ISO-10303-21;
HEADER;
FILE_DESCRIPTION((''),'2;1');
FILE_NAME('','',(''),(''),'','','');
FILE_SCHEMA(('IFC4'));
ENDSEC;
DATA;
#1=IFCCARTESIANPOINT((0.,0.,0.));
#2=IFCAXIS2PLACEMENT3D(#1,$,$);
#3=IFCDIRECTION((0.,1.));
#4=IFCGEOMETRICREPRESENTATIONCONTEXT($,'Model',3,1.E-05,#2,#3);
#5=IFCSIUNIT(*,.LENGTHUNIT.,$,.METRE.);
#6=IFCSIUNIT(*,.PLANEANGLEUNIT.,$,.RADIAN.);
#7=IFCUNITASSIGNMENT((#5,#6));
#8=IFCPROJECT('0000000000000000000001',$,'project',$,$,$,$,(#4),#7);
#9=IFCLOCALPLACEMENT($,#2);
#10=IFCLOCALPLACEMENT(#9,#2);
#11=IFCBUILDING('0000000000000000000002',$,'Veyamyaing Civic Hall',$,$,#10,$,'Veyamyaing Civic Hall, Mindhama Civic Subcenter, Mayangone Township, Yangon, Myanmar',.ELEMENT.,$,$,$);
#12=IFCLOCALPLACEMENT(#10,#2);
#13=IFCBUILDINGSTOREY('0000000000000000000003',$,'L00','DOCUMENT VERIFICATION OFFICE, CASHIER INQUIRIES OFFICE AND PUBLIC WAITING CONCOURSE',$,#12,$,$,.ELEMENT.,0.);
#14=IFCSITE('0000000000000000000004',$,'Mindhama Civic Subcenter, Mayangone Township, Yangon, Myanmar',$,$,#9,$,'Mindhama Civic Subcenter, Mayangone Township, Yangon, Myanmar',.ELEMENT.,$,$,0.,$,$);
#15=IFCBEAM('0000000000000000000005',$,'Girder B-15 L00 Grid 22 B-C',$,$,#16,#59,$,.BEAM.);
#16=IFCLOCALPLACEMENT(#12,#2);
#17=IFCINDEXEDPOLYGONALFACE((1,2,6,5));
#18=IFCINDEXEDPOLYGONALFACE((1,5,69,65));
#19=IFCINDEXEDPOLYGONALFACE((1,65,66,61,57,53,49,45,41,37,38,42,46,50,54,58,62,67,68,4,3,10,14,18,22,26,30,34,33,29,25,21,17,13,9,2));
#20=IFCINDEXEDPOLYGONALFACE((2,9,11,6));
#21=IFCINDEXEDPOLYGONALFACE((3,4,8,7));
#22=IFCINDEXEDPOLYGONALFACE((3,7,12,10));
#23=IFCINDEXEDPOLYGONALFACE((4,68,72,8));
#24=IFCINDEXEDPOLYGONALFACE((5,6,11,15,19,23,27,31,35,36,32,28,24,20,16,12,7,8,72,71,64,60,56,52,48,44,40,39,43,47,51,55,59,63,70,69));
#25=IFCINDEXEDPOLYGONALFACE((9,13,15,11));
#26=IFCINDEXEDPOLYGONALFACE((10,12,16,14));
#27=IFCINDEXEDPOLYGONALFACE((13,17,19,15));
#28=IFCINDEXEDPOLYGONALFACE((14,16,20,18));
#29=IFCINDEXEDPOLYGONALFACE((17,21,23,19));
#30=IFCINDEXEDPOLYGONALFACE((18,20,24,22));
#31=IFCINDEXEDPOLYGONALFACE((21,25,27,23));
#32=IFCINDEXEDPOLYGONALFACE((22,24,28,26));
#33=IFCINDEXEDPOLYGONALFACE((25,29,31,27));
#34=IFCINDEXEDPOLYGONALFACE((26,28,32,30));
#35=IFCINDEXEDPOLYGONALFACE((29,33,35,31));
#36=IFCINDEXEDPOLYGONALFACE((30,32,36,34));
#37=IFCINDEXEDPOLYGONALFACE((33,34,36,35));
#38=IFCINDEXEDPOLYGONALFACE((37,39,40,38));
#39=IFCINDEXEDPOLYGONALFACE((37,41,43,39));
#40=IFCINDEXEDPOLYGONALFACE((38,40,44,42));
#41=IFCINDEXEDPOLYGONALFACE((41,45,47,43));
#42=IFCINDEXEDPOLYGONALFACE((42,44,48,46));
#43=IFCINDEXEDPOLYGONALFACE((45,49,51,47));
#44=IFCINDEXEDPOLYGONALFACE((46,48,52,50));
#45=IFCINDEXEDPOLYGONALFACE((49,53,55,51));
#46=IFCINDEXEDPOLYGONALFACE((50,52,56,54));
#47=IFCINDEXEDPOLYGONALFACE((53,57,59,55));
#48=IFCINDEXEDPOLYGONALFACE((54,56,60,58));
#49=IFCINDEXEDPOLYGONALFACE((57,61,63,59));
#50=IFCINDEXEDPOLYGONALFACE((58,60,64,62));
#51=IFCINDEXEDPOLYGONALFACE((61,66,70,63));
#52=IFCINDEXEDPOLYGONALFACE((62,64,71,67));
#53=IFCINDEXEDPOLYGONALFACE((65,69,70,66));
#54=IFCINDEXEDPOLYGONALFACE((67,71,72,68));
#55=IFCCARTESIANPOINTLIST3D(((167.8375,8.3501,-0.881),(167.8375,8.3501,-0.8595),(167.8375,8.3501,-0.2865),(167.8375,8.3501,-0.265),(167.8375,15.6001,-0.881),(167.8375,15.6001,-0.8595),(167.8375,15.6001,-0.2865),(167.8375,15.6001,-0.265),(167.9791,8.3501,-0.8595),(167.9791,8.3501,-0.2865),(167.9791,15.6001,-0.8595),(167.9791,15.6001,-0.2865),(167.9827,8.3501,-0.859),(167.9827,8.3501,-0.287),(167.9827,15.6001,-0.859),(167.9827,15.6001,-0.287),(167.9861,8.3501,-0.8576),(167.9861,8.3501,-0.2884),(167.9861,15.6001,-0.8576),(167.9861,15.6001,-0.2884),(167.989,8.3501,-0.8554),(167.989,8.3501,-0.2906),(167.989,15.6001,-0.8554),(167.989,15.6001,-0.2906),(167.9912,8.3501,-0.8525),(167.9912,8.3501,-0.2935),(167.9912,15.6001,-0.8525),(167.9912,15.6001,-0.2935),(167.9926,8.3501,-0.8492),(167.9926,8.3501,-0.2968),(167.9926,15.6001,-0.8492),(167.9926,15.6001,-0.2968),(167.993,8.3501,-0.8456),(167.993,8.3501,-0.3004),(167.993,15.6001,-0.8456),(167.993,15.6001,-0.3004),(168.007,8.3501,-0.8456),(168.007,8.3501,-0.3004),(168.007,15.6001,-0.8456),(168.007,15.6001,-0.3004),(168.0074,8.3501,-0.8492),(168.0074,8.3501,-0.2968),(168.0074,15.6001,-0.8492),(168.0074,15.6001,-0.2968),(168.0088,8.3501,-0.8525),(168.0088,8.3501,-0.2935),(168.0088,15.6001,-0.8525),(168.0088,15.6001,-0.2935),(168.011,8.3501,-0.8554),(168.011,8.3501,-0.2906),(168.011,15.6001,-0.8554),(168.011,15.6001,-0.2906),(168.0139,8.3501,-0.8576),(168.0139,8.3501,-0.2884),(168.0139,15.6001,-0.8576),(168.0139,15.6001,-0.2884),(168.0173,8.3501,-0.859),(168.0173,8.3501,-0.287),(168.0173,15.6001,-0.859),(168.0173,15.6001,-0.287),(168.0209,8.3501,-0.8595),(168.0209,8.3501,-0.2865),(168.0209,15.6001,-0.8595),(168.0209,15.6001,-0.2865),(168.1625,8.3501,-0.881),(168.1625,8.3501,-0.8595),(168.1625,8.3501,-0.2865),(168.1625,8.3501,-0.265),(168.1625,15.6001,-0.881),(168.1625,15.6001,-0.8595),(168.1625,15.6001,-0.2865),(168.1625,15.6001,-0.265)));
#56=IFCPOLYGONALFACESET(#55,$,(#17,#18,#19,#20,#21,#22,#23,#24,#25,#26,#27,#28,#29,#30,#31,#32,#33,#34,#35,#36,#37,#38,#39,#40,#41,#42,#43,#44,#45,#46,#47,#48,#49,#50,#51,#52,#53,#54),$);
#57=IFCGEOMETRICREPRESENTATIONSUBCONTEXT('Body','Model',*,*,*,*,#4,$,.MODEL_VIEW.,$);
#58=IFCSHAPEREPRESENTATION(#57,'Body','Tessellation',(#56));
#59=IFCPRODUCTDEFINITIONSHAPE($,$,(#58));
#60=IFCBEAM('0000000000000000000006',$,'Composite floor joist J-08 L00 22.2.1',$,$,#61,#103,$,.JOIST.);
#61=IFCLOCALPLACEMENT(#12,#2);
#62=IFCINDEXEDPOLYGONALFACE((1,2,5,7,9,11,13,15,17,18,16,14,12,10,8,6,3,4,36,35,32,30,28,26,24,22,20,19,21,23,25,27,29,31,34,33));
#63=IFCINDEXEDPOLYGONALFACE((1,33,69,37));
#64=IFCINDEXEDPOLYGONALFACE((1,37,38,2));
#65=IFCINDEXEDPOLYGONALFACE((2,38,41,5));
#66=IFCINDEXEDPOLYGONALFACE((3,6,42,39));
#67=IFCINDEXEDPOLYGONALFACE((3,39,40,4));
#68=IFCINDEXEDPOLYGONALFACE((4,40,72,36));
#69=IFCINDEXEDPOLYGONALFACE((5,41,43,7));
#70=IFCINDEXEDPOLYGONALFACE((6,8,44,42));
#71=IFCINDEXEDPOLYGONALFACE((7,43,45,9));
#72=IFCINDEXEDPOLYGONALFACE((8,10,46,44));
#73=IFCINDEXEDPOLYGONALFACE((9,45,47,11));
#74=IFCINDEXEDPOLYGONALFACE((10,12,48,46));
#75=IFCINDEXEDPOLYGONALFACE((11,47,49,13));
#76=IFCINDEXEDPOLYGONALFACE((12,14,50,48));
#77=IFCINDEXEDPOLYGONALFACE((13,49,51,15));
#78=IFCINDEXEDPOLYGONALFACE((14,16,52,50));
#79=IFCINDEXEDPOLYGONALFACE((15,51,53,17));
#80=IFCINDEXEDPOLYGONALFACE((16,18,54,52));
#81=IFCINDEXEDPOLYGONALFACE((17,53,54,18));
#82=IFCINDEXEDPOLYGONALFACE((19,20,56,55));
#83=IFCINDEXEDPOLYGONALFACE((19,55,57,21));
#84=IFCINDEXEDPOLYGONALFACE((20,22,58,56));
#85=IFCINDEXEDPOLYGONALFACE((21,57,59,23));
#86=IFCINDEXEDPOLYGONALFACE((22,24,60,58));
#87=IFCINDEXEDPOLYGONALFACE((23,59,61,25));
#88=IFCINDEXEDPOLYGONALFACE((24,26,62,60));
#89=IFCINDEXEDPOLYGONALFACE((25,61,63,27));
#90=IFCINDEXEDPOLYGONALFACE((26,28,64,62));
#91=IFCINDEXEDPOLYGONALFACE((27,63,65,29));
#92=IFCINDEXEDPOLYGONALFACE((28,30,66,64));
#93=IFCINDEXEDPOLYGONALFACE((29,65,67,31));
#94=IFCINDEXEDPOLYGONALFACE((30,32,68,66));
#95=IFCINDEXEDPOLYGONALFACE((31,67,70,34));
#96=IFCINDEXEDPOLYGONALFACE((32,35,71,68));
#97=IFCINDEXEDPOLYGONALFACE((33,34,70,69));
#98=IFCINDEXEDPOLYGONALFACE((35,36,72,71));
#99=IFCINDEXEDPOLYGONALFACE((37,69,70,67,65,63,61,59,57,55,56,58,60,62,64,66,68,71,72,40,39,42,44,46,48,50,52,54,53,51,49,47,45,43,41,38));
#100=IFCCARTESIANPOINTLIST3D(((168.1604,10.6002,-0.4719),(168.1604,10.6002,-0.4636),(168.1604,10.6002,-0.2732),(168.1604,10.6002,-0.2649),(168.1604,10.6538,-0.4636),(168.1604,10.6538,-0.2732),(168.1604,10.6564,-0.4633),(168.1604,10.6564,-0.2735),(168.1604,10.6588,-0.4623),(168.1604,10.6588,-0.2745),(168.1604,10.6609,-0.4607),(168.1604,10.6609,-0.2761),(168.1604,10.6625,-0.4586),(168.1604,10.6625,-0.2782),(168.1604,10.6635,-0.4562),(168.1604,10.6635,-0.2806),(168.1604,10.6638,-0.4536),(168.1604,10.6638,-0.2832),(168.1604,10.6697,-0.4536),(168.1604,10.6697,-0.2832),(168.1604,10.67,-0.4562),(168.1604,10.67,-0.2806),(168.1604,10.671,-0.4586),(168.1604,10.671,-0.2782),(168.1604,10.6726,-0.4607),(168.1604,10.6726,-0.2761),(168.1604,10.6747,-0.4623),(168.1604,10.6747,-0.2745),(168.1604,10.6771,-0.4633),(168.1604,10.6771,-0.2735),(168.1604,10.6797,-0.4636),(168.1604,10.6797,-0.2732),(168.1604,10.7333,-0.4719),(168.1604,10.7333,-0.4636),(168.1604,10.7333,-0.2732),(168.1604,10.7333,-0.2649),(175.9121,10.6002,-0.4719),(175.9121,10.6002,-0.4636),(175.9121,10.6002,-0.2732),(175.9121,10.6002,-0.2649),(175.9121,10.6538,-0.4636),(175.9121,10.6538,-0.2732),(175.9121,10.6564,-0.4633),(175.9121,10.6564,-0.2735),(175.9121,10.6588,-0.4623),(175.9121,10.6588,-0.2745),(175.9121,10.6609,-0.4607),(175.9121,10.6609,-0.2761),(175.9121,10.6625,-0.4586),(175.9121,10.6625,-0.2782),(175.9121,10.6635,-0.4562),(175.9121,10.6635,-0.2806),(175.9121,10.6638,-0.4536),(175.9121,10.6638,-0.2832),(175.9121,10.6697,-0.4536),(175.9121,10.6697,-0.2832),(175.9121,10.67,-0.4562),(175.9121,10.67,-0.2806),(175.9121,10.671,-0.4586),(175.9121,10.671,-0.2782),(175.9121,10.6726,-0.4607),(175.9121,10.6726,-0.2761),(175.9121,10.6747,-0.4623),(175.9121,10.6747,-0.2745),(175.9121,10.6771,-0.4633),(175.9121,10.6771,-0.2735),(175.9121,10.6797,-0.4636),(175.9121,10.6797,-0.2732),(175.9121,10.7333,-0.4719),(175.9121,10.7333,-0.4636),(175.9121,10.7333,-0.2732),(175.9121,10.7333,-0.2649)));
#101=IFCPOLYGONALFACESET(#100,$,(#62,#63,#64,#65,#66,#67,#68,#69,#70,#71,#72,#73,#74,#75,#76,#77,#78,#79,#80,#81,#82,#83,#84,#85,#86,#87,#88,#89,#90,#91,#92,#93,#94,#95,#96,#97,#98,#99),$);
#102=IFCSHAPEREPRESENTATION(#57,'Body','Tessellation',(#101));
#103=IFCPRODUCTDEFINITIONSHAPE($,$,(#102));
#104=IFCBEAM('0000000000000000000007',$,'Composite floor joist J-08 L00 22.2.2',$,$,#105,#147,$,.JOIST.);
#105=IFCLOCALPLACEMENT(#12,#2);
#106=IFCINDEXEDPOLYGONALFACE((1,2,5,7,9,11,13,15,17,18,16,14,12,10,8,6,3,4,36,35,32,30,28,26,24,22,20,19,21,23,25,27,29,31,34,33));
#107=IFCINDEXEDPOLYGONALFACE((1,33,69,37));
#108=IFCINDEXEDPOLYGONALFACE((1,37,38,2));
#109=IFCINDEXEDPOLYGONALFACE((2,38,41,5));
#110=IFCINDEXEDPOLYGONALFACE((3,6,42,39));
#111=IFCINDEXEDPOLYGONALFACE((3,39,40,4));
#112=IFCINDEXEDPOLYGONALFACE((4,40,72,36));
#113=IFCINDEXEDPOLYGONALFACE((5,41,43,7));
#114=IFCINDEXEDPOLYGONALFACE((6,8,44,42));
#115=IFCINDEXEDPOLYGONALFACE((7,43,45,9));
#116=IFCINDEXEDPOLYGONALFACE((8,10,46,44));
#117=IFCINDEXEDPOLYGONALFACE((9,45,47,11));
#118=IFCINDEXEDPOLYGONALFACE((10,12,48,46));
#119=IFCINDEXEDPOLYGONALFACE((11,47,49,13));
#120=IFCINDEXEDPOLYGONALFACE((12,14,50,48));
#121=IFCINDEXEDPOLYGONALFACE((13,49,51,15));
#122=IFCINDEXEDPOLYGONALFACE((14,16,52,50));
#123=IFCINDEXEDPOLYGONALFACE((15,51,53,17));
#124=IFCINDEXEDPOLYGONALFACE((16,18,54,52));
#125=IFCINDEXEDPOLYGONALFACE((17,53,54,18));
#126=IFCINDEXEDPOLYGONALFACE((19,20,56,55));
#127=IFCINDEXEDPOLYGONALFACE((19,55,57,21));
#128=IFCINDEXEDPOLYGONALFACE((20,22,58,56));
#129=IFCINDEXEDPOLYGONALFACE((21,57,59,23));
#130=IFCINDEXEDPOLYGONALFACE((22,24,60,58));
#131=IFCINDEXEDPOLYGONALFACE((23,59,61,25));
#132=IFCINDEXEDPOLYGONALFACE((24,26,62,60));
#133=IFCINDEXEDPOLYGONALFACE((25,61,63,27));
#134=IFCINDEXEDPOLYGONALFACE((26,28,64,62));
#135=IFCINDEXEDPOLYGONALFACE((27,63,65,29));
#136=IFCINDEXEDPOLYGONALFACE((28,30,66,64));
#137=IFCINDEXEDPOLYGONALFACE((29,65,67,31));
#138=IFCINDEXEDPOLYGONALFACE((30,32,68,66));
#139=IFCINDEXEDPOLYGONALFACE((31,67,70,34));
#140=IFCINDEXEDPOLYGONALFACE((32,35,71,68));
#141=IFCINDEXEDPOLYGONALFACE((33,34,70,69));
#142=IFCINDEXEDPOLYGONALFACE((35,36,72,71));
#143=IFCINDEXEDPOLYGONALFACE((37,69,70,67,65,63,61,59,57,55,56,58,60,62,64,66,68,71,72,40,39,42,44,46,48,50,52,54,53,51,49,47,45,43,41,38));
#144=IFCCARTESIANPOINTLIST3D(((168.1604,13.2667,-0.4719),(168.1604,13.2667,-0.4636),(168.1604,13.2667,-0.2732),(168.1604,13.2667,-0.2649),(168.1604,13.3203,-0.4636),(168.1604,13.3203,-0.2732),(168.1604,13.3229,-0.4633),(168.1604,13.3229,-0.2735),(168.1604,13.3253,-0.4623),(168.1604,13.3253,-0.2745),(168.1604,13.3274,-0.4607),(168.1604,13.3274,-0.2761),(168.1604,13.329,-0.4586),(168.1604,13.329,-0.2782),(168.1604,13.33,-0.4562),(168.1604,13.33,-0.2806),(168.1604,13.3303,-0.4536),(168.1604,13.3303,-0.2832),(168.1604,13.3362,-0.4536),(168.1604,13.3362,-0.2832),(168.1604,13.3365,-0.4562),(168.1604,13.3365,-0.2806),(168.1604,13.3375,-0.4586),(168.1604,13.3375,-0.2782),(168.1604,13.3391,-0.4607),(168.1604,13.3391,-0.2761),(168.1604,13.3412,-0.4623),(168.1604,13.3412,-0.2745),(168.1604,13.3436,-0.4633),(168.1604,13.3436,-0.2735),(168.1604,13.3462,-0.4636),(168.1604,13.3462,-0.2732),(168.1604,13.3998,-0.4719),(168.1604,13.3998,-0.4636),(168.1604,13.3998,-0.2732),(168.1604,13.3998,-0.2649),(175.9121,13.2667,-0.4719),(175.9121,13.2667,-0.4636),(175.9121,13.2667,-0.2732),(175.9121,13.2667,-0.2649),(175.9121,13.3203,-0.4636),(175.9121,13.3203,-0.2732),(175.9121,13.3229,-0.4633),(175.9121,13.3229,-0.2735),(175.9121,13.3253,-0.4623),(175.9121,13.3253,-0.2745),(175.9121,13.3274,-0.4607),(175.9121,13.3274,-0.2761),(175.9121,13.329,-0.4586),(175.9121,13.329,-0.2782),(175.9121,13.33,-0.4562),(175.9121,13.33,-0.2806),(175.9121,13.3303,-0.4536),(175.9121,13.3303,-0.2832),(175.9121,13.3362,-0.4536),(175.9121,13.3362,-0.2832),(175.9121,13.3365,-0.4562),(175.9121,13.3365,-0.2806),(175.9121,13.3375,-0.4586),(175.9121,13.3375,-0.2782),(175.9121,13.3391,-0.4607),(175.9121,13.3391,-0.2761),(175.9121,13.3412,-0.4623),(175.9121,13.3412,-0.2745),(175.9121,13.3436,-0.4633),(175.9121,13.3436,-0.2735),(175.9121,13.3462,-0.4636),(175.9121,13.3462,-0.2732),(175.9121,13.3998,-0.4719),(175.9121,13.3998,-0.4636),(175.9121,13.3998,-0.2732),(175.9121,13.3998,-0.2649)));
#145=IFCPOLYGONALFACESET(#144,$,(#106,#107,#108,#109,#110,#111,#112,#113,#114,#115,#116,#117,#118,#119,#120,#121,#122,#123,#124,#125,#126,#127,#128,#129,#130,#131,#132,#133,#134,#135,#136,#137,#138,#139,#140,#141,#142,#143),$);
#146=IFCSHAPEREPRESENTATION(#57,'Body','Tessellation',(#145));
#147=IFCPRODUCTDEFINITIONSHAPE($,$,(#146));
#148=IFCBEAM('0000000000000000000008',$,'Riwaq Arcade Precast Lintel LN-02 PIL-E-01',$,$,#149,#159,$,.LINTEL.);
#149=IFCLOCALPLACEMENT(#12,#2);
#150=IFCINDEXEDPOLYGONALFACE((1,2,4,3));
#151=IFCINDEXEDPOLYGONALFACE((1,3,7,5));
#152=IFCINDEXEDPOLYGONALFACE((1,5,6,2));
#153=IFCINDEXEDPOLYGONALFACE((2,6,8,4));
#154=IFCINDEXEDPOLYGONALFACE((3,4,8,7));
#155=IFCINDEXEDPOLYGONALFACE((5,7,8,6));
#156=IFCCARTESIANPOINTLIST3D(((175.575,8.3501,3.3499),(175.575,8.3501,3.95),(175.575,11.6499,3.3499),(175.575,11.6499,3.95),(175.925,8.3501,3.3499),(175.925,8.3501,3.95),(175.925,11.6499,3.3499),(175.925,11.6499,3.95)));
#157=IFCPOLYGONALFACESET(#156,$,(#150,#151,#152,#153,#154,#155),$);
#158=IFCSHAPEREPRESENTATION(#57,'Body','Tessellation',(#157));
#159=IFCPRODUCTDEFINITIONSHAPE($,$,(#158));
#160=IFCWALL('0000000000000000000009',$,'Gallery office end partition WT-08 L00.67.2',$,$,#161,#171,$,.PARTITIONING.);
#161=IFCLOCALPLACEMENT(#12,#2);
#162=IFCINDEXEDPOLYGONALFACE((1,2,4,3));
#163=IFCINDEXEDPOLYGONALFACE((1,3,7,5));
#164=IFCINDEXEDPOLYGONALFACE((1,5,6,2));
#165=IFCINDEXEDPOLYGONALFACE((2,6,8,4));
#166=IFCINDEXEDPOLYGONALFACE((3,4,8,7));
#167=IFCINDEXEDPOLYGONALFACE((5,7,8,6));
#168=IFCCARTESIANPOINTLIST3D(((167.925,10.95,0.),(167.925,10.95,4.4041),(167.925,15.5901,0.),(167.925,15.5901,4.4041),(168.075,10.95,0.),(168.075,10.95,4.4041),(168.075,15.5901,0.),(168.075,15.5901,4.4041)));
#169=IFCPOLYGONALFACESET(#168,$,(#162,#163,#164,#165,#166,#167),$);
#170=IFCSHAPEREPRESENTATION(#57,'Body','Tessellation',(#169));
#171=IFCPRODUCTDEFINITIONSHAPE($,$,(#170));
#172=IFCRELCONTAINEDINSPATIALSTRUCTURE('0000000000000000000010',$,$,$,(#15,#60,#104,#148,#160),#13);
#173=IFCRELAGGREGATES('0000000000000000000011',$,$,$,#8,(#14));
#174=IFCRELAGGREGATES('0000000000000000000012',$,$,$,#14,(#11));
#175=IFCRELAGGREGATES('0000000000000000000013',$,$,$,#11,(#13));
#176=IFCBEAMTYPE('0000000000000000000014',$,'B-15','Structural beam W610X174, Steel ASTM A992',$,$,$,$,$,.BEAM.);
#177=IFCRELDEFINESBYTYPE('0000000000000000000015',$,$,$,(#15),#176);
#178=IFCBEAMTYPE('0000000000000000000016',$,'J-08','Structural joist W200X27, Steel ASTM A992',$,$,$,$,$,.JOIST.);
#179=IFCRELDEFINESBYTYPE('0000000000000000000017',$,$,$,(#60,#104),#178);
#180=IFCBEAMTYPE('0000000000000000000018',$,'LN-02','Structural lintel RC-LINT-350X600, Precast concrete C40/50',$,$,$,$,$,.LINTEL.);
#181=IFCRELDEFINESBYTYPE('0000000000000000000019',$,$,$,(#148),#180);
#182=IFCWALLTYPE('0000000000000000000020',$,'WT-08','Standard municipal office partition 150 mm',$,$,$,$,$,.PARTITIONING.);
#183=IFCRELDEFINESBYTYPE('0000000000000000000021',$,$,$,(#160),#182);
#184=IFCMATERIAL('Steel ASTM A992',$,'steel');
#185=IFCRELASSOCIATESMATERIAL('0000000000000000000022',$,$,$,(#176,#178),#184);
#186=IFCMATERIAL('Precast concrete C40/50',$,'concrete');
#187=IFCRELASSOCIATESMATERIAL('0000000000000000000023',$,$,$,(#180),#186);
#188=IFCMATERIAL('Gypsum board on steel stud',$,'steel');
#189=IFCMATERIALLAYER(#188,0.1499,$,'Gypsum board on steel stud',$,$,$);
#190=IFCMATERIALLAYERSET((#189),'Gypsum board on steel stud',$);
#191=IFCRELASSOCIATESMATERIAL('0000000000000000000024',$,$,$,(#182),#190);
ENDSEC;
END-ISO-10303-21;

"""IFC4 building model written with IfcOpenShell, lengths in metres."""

from ifc_helpers import new_model, si_unit, direction, frame, frame_2d, origin, origin_2d, place, context, subcontext, project, spatial, rectangle, i_section, extrude, material, layer, layer_set, material_profile, profile_set, type_object, element, save


model = new_model("IFC4")

# Units and contexts
model_context = context("Model", 3, precision=1e-05, world=origin(), true_north=direction((0.0, 1.0)))
body_context = subcontext(model_context, "Body", "Model", "MODEL_VIEW")
ifc_project = project(units=[si_unit("LENGTHUNIT", "METRE"), si_unit("PLANEANGLEUNIT", "RADIAN")], contexts=[model_context])

# Site, building, storey
site_placement = place(None, origin())
site = spatial("IfcSite", under=ifc_project, at=site_placement, Name="Mindhama Civic Subcenter, Mayangone Township, Yangon, Myanmar", LongName="Mindhama Civic Subcenter, Mayangone Township, Yangon, Myanmar", CompositionType="ELEMENT", RefElevation=0.0)
building_placement = place(site_placement, origin())
building = spatial("IfcBuilding", under=site, at=building_placement, Name="Veyamyaing Civic Hall", LongName="Veyamyaing Civic Hall, Mindhama Civic Subcenter, Mayangone Township, Yangon, Myanmar", CompositionType="ELEMENT")
storey_placement = place(building_placement, origin())
storey = spatial("IfcBuildingStorey", under=building, at=storey_placement, Name="L00", Description="DOCUMENT VERIFICATION OFFICE, CASHIER INQUIRIES OFFICE AND PUBLIC WAITING CONCOURSE", CompositionType="ELEMENT", Elevation=0.0)

# Beams
ifc_material_1 = material(Name="Steel ASTM A992", Category="steel")
ifc_material_profile_1 = material_profile(ifc_material_1, i_section(OverallWidth=0.325, OverallDepth=0.616, WebThickness=0.0139, FlangeThickness=0.0215, FilletRadius=0.0139, at=origin_2d()), Name="W610X174")
ifc_profile_set_1 = profile_set([ifc_material_profile_1], Name="Steel ASTM A992")
beam_type_1 = type_object("IfcBeamType", Name="B-15", Description="Structural beam W610X174, Steel ASTM A992", PredefinedType="BEAM", material=ifc_profile_set_1)
beam_1_placement = place(storey_placement, frame((168.0, 8.3501, -0.573), z_axis=(0.0, 1.0, 0.0), x_axis=(-1.0, 0.0, 0.0)))
element("IfcBeam", 1, at=beam_1_placement, inside=storey, type_object=beam_type_1, Name="Girder B-15 L00 Grid 22 B-C", PredefinedType="BEAM", context=body_context, shape_type="SweptSolid", body=[
    extrude(i_section(OverallWidth=0.325, OverallDepth=0.616, WebThickness=0.0139, FlangeThickness=0.0215, FilletRadius=0.0139, at=origin_2d()), origin(), (0.0, 0.0, 1.0), 7.25),
])
ifc_material_profile_2 = material_profile(ifc_material_1, i_section(OverallWidth=0.1331, OverallDepth=0.207, WebThickness=0.0059, FlangeThickness=0.0083, FilletRadius=0.01, at=origin_2d()), Name="W200X27")
ifc_profile_set_2 = profile_set([ifc_material_profile_2], Name="Steel ASTM A992")
beam_type_2 = type_object("IfcBeamType", Name="J-08", Description="Structural joist W200X27, Steel ASTM A992", PredefinedType="JOIST", material=ifc_profile_set_2)
for number, where, z_axis, x_axis, name in (
    (2, (168.1604, 10.6667, -0.3684), (1.0, 0.0, 0.0), (0.0, 1.0, 0.0), "Composite floor joist J-08 L00 22.2.1"),
    (3, (168.1604, 13.3333, -0.3684), (1.0, 0.0, 0.0), (0.0, 1.0, 0.0), "Composite floor joist J-08 L00 22.2.2"),
):
    element("IfcBeam", number, at=place(storey_placement, frame(where, z_axis=z_axis, x_axis=x_axis)), inside=storey, type_object=beam_type_2, Name=name, PredefinedType="JOIST", context=body_context, shape_type="SweptSolid", body=[
        extrude(i_section(OverallWidth=0.1331, OverallDepth=0.207, WebThickness=0.0059, FlangeThickness=0.0083, FilletRadius=0.01, at=origin_2d()), origin(), (0.0, 0.0, 1.0), 7.7517),
    ])
ifc_material_2 = material(Name="Precast concrete C40/50", Category="concrete")
ifc_material_profile_3 = material_profile(ifc_material_2, rectangle(XDim=0.3501, YDim=0.6001, at=origin_2d()), Name="RC-LINT-350X600")
ifc_profile_set_3 = profile_set([ifc_material_profile_3], Name="Precast concrete C40/50")
beam_type_3 = type_object("IfcBeamType", Name="LN-02", Description="Structural lintel RC-LINT-350X600, Precast concrete C40/50", PredefinedType="LINTEL", material=ifc_profile_set_3)
beam_2_placement = place(storey_placement, frame((175.75, 8.3501, 3.6499), z_axis=(0.0, 1.0, 0.0), x_axis=(-1.0, 0.0, 0.0)))
element("IfcBeam", 4, at=beam_2_placement, inside=storey, type_object=beam_type_3, Name="Riwaq Arcade Precast Lintel LN-02 PIL-E-01", PredefinedType="LINTEL", context=body_context, shape_type="SweptSolid", body=[
    extrude(rectangle(XDim=0.3501, YDim=0.6001, at=origin_2d()), origin(), (0.0, 0.0, 1.0), 3.2998),
])

# Wall
ifc_material_3 = material(Name="Gypsum board on steel stud", Category="steel")
ifc_layer_1 = layer(ifc_material_3, 0.1499, Name="Gypsum board on steel stud")
ifc_layer_set_1 = layer_set([ifc_layer_1], Name="Gypsum board on steel stud")
wall_type_1 = type_object("IfcWallType", Name="WT-08", Description="Standard municipal office partition 150 mm", PredefinedType="PARTITIONING", material=ifc_layer_set_1)
wall_1_placement = place(storey_placement, frame((168.0, 10.95, 0.0), z_axis=(0.0, 0.0, 1.0), x_axis=(0.0, 1.0, 0.0)))
element("IfcWall", 5, at=wall_1_placement, inside=storey, type_object=wall_type_1, Name="Gallery office end partition WT-08 L00.67.2", PredefinedType="PARTITIONING", context=body_context, shape_type="SweptSolid", body=[
    extrude(rectangle(XDim=4.6401, YDim=0.1499, at=frame_2d((2.3201, 0.0))), origin(), (0.0, 0.0, 1.0), 4.4041),
])

save(model, "model.ifc")
